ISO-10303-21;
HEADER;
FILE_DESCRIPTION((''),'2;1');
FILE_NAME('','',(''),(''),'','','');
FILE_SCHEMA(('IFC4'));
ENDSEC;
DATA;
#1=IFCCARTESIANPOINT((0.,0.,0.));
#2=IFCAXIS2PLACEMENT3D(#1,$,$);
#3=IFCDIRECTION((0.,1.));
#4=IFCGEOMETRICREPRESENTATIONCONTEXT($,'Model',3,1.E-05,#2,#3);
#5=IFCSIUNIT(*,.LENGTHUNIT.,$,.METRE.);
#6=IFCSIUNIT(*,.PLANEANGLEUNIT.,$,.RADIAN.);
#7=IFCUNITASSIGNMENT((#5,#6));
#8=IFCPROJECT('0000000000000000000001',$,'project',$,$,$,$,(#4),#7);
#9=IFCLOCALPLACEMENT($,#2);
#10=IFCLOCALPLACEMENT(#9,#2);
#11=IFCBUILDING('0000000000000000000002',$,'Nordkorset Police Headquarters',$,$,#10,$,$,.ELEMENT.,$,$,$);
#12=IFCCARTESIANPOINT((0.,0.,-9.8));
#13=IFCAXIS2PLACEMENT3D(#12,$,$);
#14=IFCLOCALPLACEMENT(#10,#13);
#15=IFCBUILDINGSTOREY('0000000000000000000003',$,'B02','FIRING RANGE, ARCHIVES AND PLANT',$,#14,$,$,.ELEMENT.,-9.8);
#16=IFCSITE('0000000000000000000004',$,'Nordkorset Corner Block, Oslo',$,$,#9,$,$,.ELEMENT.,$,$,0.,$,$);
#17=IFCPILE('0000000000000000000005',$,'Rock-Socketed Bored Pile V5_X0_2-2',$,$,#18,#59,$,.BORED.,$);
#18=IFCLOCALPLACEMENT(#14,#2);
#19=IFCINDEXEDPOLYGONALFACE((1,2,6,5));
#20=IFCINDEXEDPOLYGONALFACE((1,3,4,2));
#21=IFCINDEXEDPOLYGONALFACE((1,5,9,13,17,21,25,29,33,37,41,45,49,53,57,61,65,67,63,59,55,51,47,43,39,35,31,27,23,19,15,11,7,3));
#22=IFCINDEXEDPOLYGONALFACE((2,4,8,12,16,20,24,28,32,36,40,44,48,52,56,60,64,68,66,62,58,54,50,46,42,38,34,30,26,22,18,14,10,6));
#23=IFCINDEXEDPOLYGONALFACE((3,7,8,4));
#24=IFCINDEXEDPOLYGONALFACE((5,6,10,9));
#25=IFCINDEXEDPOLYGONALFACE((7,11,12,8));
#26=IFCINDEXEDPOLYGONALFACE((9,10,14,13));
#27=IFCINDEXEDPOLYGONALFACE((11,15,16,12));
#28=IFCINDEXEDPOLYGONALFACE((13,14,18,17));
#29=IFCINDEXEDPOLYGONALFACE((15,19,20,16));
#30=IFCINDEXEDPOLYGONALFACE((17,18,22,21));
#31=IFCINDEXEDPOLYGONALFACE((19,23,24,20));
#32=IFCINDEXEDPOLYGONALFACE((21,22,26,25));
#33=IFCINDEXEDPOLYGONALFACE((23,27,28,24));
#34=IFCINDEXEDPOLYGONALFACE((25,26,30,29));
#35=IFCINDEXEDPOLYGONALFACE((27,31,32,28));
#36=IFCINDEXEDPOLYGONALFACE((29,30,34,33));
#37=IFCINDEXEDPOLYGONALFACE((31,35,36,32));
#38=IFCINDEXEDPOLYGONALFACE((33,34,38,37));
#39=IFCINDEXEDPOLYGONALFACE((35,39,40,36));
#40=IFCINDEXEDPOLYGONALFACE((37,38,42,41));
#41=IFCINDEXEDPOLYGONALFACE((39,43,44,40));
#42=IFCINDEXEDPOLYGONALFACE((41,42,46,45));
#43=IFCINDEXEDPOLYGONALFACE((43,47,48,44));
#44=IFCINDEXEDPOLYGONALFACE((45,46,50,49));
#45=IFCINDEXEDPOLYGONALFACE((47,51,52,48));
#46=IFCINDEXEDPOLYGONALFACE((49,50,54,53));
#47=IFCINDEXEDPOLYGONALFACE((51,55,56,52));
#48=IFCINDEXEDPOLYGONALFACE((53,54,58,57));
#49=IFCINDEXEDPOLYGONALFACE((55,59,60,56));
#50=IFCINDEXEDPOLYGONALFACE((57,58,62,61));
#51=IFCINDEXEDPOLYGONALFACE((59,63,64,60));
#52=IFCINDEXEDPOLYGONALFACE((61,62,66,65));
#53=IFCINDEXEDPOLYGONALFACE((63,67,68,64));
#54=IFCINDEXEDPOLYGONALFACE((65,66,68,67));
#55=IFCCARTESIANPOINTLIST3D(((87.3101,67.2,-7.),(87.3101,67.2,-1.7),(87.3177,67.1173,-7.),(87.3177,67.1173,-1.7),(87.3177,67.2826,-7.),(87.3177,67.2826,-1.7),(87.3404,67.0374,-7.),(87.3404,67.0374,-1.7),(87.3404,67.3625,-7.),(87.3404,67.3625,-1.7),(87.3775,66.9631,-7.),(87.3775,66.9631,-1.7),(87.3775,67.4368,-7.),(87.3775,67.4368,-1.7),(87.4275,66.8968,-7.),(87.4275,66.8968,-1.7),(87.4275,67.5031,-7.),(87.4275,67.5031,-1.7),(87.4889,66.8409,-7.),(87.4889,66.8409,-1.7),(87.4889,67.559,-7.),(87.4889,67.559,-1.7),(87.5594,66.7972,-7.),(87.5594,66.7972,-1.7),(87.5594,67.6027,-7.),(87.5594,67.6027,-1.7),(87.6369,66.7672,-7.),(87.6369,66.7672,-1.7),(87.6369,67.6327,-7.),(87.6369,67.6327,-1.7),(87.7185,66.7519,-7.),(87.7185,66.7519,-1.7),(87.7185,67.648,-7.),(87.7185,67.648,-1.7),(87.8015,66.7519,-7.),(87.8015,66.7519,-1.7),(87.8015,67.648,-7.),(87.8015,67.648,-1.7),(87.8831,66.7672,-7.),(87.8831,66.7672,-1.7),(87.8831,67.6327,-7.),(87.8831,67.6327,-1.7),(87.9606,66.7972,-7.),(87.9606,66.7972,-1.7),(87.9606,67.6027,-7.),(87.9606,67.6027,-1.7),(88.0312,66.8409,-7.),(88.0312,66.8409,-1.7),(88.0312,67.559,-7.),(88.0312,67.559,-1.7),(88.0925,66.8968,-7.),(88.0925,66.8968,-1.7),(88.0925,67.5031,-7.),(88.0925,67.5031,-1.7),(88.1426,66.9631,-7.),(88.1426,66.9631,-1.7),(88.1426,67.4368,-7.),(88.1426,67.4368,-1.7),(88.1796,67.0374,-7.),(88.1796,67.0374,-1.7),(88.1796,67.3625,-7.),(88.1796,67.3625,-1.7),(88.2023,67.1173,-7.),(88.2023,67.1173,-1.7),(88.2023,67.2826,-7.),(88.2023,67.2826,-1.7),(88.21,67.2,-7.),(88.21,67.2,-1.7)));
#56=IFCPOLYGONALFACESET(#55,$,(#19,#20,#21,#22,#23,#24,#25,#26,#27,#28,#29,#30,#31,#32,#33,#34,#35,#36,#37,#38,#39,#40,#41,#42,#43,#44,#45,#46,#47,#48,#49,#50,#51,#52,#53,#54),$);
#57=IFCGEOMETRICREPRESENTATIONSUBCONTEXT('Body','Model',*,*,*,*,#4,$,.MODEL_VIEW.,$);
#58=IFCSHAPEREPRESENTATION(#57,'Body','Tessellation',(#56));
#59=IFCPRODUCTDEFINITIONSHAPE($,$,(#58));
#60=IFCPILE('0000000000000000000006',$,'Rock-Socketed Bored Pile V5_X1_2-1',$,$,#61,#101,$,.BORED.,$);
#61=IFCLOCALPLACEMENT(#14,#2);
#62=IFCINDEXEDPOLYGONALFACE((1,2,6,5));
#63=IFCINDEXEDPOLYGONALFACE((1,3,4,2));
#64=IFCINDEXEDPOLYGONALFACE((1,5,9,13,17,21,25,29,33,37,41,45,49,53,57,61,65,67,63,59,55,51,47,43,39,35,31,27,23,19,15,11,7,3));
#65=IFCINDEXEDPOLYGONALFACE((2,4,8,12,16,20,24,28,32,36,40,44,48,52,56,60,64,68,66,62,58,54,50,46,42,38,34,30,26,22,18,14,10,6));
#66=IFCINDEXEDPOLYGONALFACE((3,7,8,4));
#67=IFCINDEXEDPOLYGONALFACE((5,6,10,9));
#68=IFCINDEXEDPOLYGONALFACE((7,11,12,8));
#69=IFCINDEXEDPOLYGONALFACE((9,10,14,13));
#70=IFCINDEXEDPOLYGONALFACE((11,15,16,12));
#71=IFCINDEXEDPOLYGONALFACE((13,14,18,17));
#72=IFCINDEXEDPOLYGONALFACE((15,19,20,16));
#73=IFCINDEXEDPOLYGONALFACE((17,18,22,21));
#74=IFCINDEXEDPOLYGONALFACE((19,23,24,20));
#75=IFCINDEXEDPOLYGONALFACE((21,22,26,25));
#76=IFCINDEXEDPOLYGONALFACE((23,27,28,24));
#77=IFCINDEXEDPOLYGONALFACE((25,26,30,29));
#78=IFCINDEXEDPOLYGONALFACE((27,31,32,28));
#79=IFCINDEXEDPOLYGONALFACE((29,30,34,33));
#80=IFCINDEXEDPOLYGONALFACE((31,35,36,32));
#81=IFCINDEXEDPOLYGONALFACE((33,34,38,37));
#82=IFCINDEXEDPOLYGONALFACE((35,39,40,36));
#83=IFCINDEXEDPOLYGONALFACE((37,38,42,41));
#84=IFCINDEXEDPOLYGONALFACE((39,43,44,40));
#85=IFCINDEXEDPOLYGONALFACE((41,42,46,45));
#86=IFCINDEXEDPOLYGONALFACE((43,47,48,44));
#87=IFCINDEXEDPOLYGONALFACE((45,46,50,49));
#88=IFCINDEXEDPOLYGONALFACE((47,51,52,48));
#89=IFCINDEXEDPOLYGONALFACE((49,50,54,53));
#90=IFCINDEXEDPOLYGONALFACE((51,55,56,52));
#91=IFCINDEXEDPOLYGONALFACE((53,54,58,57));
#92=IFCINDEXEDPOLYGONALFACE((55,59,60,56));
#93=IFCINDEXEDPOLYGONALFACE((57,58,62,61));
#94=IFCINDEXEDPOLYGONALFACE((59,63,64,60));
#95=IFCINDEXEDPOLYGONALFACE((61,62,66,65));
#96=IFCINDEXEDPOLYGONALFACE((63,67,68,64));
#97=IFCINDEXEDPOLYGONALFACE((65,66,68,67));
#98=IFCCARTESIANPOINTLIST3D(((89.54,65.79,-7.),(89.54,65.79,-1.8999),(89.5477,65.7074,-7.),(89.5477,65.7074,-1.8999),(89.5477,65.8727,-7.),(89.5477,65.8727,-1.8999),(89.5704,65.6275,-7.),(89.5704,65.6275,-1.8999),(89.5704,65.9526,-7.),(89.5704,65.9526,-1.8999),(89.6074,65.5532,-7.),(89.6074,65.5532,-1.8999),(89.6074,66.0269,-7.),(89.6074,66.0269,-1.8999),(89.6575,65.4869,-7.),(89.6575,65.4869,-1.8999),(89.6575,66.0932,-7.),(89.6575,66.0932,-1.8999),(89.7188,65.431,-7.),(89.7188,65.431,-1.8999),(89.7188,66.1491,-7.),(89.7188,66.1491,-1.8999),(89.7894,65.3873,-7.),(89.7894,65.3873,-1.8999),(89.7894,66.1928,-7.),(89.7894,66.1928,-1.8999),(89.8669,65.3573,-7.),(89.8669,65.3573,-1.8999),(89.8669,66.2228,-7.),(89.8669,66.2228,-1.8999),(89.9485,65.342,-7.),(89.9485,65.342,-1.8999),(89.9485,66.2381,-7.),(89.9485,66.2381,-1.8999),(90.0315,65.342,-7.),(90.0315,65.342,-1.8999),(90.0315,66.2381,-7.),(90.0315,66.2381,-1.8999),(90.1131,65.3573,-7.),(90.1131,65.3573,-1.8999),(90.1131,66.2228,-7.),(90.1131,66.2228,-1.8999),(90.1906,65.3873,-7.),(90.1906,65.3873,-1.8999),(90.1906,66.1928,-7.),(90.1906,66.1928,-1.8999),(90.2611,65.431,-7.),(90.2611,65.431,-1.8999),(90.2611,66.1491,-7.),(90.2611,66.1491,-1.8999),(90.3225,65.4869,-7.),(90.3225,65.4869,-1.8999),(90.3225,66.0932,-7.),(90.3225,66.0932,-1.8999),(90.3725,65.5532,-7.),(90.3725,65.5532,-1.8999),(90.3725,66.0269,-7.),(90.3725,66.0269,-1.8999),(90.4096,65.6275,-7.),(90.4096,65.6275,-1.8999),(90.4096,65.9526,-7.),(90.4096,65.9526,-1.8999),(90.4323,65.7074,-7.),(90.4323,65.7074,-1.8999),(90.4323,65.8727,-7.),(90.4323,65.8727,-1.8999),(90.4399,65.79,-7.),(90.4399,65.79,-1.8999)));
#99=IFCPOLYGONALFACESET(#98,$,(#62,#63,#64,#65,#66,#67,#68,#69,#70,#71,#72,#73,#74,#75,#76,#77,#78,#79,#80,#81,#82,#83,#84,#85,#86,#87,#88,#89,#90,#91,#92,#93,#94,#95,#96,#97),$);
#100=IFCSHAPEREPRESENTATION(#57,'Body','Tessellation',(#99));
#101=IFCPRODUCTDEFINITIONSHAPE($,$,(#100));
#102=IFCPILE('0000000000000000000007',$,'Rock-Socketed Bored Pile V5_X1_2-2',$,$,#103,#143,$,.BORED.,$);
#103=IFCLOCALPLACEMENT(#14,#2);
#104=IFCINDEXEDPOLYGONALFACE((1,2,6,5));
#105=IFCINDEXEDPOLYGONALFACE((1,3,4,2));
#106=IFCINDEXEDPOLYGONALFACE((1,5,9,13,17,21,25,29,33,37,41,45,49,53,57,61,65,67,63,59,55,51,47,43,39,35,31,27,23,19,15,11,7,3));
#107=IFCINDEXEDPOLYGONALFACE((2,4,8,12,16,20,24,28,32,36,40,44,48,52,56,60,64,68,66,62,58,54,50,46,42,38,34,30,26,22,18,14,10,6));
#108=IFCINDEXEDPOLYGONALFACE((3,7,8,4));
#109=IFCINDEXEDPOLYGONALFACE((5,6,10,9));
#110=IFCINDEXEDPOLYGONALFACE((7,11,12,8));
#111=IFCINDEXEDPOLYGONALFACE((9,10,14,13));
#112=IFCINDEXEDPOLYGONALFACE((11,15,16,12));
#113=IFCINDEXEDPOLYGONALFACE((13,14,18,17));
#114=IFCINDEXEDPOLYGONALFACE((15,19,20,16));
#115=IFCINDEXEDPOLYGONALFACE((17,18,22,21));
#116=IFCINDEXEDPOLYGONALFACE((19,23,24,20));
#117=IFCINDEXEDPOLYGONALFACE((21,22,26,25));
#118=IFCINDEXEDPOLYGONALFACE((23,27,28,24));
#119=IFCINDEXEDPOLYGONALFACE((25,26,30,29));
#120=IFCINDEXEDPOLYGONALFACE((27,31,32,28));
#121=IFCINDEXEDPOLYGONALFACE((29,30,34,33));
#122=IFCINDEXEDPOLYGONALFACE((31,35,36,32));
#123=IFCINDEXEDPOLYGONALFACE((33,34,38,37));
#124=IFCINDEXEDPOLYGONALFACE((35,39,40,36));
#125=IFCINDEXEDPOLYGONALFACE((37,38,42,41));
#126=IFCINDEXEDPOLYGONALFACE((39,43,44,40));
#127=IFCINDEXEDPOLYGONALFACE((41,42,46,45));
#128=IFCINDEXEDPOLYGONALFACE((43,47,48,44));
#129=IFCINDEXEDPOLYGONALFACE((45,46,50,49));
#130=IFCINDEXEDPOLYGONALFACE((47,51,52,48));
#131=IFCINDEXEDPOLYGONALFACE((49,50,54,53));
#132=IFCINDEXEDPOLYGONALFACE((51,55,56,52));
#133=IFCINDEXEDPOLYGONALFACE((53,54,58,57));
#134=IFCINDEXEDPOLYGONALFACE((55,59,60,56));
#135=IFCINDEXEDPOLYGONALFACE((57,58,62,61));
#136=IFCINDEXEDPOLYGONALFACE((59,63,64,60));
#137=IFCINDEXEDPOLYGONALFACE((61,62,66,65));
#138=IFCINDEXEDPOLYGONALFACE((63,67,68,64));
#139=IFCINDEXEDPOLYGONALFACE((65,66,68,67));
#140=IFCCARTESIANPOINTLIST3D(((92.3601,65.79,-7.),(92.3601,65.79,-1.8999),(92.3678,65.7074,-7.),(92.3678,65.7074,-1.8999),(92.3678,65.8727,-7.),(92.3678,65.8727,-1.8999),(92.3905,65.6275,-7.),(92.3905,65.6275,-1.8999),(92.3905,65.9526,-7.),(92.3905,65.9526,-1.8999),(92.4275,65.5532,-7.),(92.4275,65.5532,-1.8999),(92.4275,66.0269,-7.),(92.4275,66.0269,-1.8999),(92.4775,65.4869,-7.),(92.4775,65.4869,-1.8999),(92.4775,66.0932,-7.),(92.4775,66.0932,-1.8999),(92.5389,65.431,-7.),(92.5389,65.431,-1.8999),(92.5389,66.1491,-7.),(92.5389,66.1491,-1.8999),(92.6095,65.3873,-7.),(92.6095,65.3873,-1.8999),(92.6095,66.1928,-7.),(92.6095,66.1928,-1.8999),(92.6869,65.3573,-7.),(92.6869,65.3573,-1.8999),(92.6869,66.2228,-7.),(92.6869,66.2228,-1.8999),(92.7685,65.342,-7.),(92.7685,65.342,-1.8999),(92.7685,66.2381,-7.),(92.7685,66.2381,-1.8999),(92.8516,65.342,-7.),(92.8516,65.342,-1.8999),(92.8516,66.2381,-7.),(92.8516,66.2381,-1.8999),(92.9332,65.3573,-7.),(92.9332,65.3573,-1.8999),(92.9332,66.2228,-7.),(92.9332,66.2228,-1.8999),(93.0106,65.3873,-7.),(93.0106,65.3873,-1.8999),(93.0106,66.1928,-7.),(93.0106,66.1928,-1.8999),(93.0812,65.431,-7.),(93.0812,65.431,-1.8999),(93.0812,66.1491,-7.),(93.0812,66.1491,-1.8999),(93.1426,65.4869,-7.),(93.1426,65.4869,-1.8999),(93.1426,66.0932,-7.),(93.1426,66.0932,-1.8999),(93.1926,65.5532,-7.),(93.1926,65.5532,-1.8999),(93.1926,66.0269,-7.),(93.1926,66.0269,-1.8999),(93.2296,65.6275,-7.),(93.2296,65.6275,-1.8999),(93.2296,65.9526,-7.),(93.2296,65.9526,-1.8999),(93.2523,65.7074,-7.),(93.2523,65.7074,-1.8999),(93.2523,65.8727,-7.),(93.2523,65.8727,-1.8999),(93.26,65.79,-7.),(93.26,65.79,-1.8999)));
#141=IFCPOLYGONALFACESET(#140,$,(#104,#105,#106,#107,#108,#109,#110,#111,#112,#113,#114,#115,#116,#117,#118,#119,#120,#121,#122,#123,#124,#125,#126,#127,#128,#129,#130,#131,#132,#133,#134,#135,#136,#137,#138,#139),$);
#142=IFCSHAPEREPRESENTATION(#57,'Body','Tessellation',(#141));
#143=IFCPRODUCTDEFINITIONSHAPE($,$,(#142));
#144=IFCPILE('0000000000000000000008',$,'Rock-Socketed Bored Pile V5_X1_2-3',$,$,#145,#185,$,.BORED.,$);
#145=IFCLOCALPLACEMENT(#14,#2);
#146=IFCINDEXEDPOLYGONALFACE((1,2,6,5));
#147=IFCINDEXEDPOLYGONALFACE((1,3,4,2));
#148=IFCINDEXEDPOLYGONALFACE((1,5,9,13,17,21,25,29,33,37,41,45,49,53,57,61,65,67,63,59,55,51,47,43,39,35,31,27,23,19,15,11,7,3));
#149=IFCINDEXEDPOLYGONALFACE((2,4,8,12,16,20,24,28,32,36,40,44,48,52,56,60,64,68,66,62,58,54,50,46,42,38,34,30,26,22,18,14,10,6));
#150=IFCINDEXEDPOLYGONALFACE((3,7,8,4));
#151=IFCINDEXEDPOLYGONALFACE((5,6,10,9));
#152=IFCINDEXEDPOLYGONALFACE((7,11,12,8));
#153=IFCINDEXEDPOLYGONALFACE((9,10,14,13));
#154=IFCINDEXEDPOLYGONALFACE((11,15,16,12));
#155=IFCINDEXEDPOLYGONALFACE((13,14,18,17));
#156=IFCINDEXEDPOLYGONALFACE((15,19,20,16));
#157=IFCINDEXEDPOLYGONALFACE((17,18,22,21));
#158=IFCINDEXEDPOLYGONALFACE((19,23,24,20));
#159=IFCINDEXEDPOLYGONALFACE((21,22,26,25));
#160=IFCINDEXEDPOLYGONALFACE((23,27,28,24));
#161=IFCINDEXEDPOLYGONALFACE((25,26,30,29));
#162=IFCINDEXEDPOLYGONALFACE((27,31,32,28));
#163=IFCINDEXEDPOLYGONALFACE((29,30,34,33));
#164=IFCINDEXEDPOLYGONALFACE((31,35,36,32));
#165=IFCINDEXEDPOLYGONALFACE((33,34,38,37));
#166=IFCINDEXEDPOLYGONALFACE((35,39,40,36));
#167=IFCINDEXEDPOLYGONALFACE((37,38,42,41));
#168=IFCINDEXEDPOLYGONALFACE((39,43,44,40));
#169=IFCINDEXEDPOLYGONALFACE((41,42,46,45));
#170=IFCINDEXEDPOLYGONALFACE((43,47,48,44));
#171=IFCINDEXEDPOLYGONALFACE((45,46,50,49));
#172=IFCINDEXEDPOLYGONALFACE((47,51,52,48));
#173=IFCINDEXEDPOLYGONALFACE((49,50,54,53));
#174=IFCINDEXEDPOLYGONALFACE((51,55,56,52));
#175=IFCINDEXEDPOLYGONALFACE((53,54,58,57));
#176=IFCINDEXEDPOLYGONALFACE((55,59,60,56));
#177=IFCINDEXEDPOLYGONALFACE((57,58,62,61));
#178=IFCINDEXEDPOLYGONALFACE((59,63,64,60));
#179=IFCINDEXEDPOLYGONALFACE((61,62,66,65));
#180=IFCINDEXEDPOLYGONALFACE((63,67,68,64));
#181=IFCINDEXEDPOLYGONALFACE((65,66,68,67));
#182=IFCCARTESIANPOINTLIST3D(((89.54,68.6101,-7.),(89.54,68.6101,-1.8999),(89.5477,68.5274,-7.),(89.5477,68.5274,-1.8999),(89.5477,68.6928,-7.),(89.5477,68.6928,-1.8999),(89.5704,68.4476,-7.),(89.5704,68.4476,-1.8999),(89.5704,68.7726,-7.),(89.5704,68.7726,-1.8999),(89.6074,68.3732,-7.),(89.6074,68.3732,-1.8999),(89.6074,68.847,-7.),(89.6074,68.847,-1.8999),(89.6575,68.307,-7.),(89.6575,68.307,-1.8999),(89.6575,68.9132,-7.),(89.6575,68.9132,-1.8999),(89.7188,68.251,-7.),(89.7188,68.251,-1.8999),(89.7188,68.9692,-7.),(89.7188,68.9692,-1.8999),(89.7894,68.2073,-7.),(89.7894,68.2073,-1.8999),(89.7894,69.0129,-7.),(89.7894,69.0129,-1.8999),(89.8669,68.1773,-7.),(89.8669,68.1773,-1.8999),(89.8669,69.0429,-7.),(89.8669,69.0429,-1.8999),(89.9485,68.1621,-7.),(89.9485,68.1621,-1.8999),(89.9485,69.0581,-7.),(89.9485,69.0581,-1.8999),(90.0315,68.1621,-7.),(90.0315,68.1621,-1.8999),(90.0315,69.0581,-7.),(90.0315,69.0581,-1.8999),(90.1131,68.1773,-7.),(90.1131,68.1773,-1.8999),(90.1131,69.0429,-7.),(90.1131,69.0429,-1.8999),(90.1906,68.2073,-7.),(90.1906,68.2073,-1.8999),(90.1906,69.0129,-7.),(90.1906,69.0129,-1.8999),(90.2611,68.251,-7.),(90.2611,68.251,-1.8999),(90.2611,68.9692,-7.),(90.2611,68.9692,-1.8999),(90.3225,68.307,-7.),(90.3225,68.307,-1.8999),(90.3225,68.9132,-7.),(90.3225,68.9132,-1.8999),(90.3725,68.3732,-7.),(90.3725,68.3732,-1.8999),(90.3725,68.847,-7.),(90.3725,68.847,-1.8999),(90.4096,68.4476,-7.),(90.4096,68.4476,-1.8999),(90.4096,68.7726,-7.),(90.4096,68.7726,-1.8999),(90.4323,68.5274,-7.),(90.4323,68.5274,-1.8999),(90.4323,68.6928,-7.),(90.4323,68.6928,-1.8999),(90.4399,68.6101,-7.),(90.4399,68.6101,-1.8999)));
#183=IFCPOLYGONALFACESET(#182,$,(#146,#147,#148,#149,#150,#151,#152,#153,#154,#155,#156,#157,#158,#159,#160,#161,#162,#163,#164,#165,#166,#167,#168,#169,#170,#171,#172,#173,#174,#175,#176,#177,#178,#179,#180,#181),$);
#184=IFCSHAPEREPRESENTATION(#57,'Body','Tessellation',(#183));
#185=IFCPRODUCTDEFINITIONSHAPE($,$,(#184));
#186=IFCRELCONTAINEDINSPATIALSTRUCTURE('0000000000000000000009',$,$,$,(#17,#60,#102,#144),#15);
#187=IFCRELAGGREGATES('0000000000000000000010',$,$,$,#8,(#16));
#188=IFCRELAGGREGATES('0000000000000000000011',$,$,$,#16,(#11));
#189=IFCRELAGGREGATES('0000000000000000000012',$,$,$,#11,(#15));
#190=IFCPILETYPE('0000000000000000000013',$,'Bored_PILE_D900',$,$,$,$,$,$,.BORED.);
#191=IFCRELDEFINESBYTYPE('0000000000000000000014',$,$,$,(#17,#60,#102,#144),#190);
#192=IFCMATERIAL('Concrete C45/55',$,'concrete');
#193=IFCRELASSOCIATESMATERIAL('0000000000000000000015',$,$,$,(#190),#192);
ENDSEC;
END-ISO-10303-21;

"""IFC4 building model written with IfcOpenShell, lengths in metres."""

from ifc_helpers import new_model, si_unit, direction, frame, origin, origin_2d, place, context, subcontext, project, spatial, circle, extrude, material, material_profile, profile_set, type_object, element, save


model = new_model("IFC4")

# Units and contexts
model_context = context("Model", 3, precision=1e-05, world=origin(), true_north=direction((0.0, 1.0)))
body_context = subcontext(model_context, "Body", "Model", "MODEL_VIEW")
ifc_project = project(units=[si_unit("LENGTHUNIT", "METRE"), si_unit("PLANEANGLEUNIT", "RADIAN")], contexts=[model_context])

# Site, building, storey
site_placement = place(None, origin())
site = spatial("IfcSite", under=ifc_project, at=site_placement, Name="Nordkorset Corner Block, Oslo", CompositionType="ELEMENT", RefElevation=0.0)
building_placement = place(site_placement, origin())
building = spatial("IfcBuilding", under=site, at=building_placement, Name="Nordkorset Police Headquarters", CompositionType="ELEMENT")
storey_placement = place(building_placement, frame((0.0, 0.0, -9.8)))
storey = spatial("IfcBuildingStorey", under=building, at=storey_placement, Name="B02", Description="FIRING RANGE, ARCHIVES AND PLANT", CompositionType="ELEMENT", Elevation=-9.8)

# Piles
ifc_material_1 = material(Name="Concrete C45/55", Category="concrete")
ifc_material_profile_1 = material_profile(ifc_material_1, circle(Radius=0.45, at=origin_2d()), Name="PILE D900")
ifc_profile_set_1 = profile_set([ifc_material_profile_1], Name="Concrete C45/55")
pile_type = type_object("IfcPileType", Name="Bored_PILE_D900", PredefinedType="BORED", material=ifc_profile_set_1)
pile_1_placement = place(storey_placement, frame((87.76, 67.2, -1.7), z_axis=(0.0, 0.0, -1.0), x_axis=(1.0, 0.0, 0.0)))
element("IfcPile", 1, at=pile_1_placement, inside=storey, type_object=pile_type, Name="Rock-Socketed Bored Pile V5_X0_2-2", PredefinedType="BORED", context=body_context, shape_type="SweptSolid", body=[
    extrude(circle(Radius=0.45, at=origin_2d()), origin(), (0.0, 0.0, 1.0), 5.3),
])
for number, where, z_axis, x_axis, name in (
    (2, (89.99, 65.79, -1.8999), (0.0, 0.0, -1.0), (1.0, 0.0, 0.0), "Rock-Socketed Bored Pile V5_X1_2-1"),
    (3, (92.8101, 65.79, -1.8999), (0.0, 0.0, -1.0), (1.0, 0.0, 0.0), "Rock-Socketed Bored Pile V5_X1_2-2"),
    (4, (89.99, 68.6101, -1.8999), (0.0, 0.0, -1.0), (1.0, 0.0, 0.0), "Rock-Socketed Bored Pile V5_X1_2-3"),
):
    element("IfcPile", number, at=place(storey_placement, frame(where, z_axis=z_axis, x_axis=x_axis)), inside=storey, type_object=pile_type, Name=name, PredefinedType="BORED", context=body_context, shape_type="SweptSolid", body=[
        extrude(circle(Radius=0.45, at=origin_2d()), origin(), (0.0, 0.0, 1.0), 5.1001),
    ])

save(model, "model.ifc")
